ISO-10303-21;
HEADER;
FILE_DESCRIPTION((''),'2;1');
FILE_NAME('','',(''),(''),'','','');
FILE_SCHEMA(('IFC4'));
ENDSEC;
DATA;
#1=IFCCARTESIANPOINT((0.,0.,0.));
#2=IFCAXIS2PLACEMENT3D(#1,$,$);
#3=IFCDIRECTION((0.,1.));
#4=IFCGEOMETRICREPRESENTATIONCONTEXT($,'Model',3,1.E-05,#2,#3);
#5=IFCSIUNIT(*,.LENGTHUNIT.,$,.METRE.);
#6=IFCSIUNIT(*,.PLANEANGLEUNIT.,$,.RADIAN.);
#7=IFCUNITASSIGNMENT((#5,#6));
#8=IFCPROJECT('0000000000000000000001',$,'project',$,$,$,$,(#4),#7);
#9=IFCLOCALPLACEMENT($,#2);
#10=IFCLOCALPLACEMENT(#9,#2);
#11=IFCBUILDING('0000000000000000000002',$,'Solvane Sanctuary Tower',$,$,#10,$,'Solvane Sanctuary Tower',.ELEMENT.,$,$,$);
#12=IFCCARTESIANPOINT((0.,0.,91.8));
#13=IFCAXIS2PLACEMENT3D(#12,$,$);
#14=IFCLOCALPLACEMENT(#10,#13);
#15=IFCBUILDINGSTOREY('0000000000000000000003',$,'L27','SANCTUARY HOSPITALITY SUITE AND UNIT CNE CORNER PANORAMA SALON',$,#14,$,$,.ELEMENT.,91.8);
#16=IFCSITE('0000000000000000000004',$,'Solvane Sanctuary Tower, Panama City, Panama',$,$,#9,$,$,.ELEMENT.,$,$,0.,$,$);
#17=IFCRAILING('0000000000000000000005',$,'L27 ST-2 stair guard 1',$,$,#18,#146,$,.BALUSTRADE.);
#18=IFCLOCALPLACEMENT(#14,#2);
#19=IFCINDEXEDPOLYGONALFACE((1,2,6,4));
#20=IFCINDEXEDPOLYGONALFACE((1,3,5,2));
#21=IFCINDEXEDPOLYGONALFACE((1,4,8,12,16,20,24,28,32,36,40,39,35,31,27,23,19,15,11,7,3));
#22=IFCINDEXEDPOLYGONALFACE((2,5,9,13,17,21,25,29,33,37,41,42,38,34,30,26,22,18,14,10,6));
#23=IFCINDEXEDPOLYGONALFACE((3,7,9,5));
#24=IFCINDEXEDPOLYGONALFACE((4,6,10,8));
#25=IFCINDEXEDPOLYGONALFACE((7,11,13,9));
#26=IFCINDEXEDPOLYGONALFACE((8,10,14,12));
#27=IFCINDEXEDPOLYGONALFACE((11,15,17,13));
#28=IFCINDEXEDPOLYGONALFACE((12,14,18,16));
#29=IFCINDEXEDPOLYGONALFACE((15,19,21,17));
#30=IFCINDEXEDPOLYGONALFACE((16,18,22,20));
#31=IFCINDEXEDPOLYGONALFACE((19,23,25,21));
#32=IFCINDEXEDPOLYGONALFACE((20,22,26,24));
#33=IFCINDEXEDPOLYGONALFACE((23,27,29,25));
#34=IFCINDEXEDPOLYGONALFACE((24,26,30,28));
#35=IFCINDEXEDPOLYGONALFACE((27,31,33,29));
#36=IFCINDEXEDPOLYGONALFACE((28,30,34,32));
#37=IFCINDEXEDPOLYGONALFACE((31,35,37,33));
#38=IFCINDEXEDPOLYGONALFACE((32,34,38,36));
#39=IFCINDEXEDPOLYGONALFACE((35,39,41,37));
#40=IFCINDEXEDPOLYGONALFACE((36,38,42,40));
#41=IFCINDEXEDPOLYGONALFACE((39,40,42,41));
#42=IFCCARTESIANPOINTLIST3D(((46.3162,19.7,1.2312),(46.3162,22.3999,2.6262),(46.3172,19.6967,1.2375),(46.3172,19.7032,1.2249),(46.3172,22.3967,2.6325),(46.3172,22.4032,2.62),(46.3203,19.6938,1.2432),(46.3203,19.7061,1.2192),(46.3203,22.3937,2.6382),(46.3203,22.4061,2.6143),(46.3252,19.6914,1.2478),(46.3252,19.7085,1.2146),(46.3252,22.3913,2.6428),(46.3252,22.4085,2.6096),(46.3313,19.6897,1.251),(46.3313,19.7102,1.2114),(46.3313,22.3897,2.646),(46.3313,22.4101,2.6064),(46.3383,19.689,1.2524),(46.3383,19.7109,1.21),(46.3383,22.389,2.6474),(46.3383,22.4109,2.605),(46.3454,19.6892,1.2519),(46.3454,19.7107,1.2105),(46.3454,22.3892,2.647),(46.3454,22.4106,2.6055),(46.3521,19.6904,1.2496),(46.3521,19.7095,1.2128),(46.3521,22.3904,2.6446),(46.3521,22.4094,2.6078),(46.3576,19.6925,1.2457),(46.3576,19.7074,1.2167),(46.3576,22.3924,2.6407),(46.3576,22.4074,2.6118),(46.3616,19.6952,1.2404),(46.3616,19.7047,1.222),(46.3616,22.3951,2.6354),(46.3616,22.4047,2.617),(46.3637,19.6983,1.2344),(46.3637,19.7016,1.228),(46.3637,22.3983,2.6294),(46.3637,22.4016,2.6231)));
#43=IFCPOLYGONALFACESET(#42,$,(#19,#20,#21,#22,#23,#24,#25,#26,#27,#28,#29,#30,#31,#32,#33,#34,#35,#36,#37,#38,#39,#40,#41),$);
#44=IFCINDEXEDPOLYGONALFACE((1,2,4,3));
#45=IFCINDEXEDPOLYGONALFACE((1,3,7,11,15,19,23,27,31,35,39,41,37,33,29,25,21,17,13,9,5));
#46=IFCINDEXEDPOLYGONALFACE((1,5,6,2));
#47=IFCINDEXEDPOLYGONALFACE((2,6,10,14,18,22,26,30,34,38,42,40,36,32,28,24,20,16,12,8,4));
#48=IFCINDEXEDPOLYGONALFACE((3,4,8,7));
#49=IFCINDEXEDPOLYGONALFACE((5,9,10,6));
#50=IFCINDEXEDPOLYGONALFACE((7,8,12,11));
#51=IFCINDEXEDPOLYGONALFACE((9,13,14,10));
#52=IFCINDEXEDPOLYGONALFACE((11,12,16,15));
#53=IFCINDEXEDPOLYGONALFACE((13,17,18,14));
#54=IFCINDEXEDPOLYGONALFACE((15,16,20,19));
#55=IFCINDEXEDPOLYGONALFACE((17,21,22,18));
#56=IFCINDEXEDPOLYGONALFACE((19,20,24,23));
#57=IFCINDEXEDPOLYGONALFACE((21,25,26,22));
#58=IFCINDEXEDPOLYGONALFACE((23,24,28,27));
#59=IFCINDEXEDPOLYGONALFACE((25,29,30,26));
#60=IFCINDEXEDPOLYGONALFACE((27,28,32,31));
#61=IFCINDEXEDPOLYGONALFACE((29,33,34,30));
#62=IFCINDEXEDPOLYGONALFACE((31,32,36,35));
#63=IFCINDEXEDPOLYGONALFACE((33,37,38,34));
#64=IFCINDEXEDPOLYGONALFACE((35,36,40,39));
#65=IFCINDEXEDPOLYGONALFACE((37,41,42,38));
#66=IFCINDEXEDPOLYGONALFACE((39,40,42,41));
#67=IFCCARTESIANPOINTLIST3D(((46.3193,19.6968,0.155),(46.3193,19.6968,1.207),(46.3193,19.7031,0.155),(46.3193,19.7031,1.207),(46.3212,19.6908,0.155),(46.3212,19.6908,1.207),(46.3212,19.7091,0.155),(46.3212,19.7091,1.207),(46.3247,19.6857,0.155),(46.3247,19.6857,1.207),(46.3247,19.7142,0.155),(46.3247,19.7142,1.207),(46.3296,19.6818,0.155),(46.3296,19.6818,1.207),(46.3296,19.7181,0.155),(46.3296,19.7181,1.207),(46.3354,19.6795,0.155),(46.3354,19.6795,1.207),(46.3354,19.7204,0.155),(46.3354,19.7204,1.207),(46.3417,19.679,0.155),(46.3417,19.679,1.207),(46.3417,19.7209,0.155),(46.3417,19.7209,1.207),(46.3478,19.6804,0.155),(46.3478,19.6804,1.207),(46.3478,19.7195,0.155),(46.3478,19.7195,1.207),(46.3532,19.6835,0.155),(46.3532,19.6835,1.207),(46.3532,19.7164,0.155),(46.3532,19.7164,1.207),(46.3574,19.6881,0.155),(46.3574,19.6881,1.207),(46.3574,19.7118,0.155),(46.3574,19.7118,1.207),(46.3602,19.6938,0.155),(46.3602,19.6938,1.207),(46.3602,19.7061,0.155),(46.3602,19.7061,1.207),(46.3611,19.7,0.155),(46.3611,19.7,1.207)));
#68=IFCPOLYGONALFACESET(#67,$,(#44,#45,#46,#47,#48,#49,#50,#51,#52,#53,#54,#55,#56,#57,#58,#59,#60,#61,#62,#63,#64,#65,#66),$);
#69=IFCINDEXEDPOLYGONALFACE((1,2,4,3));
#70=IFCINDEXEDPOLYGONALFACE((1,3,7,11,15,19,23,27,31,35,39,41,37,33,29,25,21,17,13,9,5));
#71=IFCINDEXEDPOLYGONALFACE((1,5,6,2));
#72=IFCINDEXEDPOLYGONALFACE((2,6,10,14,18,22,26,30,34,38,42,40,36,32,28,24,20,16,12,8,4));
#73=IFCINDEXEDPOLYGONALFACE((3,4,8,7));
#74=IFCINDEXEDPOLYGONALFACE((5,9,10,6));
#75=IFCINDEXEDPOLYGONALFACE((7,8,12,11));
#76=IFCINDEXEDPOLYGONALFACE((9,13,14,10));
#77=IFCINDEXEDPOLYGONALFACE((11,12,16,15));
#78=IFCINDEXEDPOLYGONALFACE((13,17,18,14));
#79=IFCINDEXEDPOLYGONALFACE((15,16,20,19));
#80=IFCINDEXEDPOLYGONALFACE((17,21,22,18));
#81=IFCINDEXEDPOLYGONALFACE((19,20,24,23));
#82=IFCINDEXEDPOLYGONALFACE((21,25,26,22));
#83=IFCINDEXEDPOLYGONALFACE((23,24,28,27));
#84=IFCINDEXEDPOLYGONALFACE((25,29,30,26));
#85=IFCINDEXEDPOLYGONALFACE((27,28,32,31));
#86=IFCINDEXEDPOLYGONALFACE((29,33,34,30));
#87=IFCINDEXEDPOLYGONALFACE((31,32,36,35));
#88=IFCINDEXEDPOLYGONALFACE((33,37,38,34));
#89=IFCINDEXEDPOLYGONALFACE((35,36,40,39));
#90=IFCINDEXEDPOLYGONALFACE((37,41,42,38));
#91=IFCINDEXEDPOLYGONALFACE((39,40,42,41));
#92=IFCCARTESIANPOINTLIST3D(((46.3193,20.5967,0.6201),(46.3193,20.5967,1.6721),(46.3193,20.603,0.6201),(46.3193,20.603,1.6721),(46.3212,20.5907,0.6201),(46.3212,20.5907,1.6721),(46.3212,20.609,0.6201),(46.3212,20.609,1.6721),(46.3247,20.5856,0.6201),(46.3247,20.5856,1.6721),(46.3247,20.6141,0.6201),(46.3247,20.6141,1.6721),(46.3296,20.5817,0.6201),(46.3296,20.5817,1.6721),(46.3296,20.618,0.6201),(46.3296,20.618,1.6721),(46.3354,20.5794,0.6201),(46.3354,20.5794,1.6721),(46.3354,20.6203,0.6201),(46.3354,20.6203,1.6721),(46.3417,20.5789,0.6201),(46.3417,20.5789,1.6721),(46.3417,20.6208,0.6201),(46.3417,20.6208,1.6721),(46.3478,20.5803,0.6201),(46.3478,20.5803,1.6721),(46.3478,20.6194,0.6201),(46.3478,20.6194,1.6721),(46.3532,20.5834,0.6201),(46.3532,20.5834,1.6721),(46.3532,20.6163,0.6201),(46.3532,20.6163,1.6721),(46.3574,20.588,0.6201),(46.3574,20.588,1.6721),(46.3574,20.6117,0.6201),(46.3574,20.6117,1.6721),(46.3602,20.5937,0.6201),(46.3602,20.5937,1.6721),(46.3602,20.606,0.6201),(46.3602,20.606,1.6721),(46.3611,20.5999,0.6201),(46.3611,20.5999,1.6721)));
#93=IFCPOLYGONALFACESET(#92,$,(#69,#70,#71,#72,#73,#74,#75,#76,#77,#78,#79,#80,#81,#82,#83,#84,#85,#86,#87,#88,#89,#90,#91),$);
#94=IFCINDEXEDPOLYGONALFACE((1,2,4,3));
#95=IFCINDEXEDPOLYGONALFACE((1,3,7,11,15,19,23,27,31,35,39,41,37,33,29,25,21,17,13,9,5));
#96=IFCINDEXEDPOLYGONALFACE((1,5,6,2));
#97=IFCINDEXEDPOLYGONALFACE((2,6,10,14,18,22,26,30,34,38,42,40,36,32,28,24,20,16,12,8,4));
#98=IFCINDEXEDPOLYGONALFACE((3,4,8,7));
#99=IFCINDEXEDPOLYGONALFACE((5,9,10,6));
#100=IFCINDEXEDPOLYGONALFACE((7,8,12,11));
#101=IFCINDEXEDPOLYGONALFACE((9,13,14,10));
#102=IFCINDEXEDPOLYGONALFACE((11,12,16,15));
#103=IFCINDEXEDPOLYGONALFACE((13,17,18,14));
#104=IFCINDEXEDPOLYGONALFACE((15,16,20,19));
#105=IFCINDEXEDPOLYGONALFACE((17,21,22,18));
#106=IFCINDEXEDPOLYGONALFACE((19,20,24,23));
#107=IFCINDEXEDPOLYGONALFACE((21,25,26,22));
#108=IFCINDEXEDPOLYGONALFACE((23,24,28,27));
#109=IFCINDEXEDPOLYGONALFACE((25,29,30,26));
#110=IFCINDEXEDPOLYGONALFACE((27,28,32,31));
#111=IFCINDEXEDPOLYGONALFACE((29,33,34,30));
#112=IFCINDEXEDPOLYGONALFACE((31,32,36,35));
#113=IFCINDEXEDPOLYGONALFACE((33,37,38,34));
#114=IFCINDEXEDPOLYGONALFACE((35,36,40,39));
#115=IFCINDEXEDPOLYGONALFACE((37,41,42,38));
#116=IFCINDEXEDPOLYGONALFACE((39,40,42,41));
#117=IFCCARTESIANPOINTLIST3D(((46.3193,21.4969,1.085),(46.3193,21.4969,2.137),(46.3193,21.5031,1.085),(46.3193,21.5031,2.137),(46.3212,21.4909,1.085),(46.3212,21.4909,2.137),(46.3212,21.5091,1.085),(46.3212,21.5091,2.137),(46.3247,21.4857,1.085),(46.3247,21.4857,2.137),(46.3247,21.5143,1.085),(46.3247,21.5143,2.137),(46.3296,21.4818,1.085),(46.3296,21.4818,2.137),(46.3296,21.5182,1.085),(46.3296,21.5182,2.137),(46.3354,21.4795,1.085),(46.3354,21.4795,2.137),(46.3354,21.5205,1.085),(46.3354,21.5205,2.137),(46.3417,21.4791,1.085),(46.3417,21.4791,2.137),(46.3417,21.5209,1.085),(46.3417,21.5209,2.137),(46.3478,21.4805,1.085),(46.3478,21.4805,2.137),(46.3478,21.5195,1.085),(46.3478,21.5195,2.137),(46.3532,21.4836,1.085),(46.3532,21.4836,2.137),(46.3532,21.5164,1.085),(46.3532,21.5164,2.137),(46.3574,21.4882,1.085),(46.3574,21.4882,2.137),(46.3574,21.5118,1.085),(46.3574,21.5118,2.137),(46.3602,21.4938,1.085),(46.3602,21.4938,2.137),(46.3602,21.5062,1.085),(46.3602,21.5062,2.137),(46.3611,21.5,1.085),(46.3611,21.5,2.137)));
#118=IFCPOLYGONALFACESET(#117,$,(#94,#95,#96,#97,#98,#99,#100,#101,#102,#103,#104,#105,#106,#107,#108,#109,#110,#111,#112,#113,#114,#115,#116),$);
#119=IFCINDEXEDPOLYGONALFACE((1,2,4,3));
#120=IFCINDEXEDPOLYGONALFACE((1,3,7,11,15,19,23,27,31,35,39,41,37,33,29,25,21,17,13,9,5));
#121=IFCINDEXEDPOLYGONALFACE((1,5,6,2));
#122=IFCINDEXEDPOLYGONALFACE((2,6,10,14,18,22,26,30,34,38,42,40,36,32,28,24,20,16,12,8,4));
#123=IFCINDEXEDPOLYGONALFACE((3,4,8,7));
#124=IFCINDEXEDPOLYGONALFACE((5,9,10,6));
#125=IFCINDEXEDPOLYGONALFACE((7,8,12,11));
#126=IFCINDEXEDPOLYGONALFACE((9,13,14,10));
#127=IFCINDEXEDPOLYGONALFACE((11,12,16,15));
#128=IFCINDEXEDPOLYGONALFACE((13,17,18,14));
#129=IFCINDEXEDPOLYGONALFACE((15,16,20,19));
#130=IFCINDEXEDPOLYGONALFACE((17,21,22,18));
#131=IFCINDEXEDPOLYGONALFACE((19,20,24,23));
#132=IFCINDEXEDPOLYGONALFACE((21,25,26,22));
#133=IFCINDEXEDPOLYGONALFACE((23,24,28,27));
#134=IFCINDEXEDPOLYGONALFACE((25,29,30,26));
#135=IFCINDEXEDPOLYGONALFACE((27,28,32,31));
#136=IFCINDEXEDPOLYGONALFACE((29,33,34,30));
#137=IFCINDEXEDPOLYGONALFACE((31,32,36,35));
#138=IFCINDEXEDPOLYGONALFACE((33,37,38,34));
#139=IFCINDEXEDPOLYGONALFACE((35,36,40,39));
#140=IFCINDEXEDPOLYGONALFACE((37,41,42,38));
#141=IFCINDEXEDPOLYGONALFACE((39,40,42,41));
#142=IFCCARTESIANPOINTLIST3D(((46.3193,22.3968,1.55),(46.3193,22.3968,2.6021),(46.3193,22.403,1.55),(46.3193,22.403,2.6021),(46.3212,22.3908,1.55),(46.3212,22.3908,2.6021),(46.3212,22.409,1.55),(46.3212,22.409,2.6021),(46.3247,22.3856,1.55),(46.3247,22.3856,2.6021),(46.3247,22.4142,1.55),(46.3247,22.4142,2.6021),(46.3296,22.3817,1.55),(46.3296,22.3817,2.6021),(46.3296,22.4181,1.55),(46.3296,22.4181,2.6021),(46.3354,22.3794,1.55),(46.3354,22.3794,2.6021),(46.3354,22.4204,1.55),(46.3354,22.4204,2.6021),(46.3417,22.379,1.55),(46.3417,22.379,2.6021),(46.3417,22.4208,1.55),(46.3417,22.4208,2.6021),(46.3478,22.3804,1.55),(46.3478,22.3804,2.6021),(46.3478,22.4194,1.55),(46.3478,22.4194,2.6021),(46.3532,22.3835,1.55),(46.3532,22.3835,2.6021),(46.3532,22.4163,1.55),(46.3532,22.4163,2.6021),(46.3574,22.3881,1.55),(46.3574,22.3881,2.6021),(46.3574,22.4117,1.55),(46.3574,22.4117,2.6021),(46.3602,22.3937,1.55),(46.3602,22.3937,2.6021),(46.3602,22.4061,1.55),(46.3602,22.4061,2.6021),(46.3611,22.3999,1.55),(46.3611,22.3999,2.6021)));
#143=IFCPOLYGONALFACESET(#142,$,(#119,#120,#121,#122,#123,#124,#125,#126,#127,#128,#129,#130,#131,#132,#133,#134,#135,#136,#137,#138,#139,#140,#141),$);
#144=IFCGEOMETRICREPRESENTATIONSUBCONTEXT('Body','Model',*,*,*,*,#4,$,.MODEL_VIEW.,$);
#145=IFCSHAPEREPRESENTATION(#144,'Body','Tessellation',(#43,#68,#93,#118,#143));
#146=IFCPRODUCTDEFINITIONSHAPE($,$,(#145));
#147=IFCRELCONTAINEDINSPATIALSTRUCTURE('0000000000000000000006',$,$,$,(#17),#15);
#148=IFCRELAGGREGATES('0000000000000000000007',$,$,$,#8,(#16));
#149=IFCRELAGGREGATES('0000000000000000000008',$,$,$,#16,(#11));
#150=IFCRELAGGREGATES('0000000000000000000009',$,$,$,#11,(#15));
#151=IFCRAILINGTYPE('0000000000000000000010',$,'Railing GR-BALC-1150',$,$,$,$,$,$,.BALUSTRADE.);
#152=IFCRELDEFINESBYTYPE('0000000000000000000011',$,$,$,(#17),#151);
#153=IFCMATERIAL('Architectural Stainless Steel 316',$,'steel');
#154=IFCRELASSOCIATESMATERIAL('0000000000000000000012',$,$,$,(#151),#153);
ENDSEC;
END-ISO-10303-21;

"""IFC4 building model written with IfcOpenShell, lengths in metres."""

from ifc_helpers import new_model, si_unit, direction, frame, origin, origin_2d, place, context, subcontext, project, spatial, circle, extrude, material, type_object, element, save


model = new_model("IFC4")

# Units and contexts
model_context = context("Model", 3, precision=1e-05, world=origin(), true_north=direction((0.0, 1.0)))
body_context = subcontext(model_context, "Body", "Model", "MODEL_VIEW")
ifc_project = project(units=[si_unit("LENGTHUNIT", "METRE"), si_unit("PLANEANGLEUNIT", "RADIAN")], contexts=[model_context])

# Site, building, storey
site_placement = place(None, origin())
site = spatial("IfcSite", under=ifc_project, at=site_placement, Name="Solvane Sanctuary Tower, Panama City, Panama", CompositionType="ELEMENT", RefElevation=0.0)
building_placement = place(site_placement, origin())
building = spatial("IfcBuilding", under=site, at=building_placement, Name="Solvane Sanctuary Tower", LongName="Solvane Sanctuary Tower", CompositionType="ELEMENT")
storey_placement = place(building_placement, frame((0.0, 0.0, 91.8)))
storey = spatial("IfcBuildingStorey", under=building, at=storey_placement, Name="L27", Description="SANCTUARY HOSPITALITY SUITE AND UNIT CNE CORNER PANORAMA SALON", CompositionType="ELEMENT", Elevation=91.8)

# Shared definitions
ifc_material_1 = material(Name="Architectural Stainless Steel 316", Category="steel")

# Railing
railing_type = type_object("IfcRailingType", Name="Railing GR-BALC-1150", PredefinedType="BALUSTRADE", material=ifc_material_1)
railing_1_placement = place(storey_placement, frame((46.3401, 19.7, 0.155)))
element("IfcRailing", 1, at=railing_1_placement, inside=storey, type_object=railing_type, Name="L27 ST-2 stair guard 1", PredefinedType="BALUSTRADE", context=body_context, shape_type="SweptSolid", body=[
    extrude(circle(Radius=0.0239, at=origin_2d()), frame((0.0, 0.0, 1.0762), z_axis=(0.0, 0.88842, 0.459032), x_axis=(-1.0, 0.0, 0.0)), (0.0, 0.0, 1.0), 3.0391),
    extrude(circle(Radius=0.021, at=origin_2d()), origin(), (0.0, 0.0, 1.0), 1.052),
    extrude(circle(Radius=0.021, at=origin_2d()), frame((0.0, 0.8999, 0.4651)), (0.0, 0.0, 1.0), 1.052),
    extrude(circle(Radius=0.021, at=origin_2d()), frame((0.0, 1.8, 0.9299)), (0.0, 0.0, 1.0), 1.052),
    extrude(circle(Radius=0.021, at=origin_2d()), frame((0.0, 2.7, 1.395)), (0.0, 0.0, 1.0), 1.052),
])

save(model, "model.ifc")
